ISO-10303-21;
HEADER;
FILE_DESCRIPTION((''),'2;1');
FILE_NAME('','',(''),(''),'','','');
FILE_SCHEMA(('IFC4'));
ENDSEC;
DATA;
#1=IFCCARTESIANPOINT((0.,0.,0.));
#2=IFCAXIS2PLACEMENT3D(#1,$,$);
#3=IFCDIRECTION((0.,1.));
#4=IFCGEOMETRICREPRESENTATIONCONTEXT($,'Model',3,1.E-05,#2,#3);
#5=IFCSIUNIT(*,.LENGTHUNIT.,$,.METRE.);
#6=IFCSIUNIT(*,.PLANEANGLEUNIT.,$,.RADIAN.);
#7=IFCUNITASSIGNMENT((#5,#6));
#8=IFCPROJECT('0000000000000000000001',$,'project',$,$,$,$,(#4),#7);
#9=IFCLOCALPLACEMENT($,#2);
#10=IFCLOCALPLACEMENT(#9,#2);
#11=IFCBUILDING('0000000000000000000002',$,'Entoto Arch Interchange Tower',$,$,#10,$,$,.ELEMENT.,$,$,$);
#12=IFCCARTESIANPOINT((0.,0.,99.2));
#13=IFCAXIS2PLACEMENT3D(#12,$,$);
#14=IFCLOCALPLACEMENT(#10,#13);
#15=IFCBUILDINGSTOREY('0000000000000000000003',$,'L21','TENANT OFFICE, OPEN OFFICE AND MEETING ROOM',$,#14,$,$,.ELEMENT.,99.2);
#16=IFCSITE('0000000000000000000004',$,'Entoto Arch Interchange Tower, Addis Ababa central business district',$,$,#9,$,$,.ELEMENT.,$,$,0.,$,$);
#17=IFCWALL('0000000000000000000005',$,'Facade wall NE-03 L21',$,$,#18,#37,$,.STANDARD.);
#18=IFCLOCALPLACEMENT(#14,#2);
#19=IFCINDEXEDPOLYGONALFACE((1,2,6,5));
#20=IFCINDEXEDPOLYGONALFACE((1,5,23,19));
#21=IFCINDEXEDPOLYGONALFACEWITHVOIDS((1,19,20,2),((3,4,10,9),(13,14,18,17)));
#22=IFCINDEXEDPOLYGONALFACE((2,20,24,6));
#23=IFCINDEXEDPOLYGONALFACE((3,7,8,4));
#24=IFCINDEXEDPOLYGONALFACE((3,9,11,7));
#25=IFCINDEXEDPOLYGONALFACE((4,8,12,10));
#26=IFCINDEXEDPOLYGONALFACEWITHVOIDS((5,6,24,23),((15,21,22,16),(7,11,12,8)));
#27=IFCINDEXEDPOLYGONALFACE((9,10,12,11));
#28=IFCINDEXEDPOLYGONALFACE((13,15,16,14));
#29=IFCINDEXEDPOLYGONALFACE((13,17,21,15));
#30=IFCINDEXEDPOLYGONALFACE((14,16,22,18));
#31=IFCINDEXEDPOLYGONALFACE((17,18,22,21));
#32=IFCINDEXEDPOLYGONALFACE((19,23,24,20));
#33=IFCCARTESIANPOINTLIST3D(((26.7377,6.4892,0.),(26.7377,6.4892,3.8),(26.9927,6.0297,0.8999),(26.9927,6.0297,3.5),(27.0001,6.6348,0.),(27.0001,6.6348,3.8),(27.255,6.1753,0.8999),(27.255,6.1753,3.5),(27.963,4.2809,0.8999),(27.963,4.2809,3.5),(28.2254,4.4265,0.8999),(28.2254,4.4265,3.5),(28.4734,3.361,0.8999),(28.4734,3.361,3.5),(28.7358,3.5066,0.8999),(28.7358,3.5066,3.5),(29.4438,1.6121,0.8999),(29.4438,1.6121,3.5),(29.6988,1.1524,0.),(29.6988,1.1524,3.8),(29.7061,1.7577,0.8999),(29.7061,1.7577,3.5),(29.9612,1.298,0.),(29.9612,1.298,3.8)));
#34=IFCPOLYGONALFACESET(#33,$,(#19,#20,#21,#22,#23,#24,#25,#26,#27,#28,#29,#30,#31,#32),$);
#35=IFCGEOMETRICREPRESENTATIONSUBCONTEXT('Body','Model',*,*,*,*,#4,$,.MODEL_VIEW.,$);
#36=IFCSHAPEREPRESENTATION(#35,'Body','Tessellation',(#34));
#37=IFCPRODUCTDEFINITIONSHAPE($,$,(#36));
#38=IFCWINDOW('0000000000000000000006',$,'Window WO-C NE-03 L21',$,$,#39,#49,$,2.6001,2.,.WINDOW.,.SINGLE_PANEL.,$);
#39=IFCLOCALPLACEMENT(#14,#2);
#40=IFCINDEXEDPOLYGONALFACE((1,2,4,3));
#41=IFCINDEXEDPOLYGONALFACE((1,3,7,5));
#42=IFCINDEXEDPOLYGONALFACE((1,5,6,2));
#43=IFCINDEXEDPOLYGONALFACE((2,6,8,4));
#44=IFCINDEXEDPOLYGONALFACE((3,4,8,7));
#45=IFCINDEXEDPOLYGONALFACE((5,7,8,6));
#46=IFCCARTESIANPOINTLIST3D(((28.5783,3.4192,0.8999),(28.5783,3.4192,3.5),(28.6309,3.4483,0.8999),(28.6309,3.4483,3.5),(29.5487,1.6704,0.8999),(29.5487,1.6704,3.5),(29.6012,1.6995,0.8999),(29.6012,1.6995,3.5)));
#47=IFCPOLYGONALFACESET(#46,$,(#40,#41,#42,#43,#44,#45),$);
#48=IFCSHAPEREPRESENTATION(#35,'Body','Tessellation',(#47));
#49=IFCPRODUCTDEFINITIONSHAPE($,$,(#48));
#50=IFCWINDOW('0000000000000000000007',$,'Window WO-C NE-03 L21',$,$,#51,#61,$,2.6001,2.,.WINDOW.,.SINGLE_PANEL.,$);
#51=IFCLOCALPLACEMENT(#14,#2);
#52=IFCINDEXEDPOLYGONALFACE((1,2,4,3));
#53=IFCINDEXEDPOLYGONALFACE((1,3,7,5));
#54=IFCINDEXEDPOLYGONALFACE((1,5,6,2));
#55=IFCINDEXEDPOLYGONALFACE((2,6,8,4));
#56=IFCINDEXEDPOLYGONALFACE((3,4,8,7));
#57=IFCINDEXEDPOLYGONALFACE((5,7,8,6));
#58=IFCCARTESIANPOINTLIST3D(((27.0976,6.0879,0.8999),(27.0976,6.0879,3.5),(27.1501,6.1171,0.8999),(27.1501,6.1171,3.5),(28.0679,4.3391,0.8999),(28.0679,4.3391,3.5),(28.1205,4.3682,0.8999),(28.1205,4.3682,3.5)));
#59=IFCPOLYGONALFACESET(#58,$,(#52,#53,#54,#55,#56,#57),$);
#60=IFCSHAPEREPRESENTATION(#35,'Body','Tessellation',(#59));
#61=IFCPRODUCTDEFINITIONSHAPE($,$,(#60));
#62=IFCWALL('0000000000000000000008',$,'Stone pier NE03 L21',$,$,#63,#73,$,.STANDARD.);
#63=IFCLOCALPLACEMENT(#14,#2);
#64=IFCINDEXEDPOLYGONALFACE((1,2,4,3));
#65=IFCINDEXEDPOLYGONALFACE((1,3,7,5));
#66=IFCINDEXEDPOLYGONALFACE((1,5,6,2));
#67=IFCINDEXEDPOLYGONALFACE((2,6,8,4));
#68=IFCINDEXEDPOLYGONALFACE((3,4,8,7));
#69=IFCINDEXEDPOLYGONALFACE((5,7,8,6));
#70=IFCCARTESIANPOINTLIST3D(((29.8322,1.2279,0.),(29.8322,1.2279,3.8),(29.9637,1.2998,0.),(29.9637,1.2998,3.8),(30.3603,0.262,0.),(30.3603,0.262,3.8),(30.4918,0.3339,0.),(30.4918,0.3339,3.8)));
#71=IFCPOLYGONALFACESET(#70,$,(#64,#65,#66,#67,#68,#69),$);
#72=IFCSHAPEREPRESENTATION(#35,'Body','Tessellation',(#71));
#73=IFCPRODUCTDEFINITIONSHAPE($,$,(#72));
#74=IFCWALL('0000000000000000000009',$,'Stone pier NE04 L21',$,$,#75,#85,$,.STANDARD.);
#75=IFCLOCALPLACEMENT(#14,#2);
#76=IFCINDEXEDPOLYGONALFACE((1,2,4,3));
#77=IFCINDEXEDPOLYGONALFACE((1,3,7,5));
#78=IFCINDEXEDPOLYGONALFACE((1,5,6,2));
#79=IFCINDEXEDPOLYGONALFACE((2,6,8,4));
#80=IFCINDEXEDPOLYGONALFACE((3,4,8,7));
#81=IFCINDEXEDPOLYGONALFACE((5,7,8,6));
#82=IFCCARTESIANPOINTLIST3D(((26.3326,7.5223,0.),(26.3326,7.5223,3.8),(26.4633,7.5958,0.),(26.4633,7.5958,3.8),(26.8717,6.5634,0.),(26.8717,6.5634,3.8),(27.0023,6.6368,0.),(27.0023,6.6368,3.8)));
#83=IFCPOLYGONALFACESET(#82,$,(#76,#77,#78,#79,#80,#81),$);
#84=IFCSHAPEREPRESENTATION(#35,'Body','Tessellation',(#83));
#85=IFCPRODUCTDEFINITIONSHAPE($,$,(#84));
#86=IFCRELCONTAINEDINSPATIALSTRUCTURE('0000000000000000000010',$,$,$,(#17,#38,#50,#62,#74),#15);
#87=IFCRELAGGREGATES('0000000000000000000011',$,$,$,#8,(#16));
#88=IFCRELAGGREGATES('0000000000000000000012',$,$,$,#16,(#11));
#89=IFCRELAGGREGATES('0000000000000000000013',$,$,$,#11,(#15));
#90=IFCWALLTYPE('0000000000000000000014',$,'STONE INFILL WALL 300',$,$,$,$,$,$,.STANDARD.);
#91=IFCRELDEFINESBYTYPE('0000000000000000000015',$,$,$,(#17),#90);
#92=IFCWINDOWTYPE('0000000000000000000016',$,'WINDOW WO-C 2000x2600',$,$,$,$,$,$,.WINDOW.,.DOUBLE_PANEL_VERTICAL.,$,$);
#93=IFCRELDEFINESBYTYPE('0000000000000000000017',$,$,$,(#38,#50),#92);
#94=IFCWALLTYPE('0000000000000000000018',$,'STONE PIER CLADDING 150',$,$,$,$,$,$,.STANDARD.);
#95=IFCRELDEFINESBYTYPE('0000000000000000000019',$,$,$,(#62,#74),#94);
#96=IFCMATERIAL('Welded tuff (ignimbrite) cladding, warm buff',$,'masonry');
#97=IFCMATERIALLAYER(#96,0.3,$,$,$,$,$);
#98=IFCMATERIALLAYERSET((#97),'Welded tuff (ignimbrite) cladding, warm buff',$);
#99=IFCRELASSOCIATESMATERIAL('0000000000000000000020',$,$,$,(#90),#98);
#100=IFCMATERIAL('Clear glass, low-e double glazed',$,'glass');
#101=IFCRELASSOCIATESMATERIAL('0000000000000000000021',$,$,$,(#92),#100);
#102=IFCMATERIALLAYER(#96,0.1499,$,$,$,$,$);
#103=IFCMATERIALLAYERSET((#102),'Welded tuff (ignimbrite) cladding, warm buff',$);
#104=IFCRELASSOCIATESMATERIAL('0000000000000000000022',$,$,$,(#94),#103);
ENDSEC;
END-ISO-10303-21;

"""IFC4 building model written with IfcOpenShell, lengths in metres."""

from ifc_helpers import new_model, si_unit, direction, frame, frame_2d, origin, place, context, subcontext, project, spatial, rectangle, extrude, material, layer, layer_set, type_object, element, fill, save


model = new_model("IFC4")

# Units and contexts
model_context = context("Model", 3, precision=1e-05, world=origin(), true_north=direction((0.0, 1.0)))
body_context = subcontext(model_context, "Body", "Model", "MODEL_VIEW")
ifc_project = project(units=[si_unit("LENGTHUNIT", "METRE"), si_unit("PLANEANGLEUNIT", "RADIAN")], contexts=[model_context])

# Site, building, storey
site_placement = place(None, origin())
site = spatial("IfcSite", under=ifc_project, at=site_placement, Name="Entoto Arch Interchange Tower, Addis Ababa central business district", CompositionType="ELEMENT", RefElevation=0.0)
building_placement = place(site_placement, origin())
building = spatial("IfcBuilding", under=site, at=building_placement, Name="Entoto Arch Interchange Tower", CompositionType="ELEMENT")
storey_placement = place(building_placement, frame((0.0, 0.0, 99.2)))
storey = spatial("IfcBuildingStorey", under=building, at=storey_placement, Name="L21", Description="TENANT OFFICE, OPEN OFFICE AND MEETING ROOM", CompositionType="ELEMENT", Elevation=99.2)

# Wall, openings, windows
ifc_material_1 = material(Name="Welded tuff (ignimbrite) cladding, warm buff", Category="masonry")
ifc_layer_1 = layer(ifc_material_1, 0.3)
ifc_layer_set_1 = layer_set([ifc_layer_1], Name="Welded tuff (ignimbrite) cladding, warm buff")
wall_type_1 = type_object("IfcWallType", Name="STONE INFILL WALL 300", PredefinedType="STANDARD", material=ifc_layer_set_1)
wall_1_placement = place(storey_placement, frame((29.8301, 1.2251, 0.0), z_axis=(0.0, 0.0, 1.0), x_axis=(-0.485171, 0.874419, 0.0)))
wall_1 = element("IfcWall", 1, at=wall_1_placement, inside=storey, type_object=wall_type_1, Name="Facade wall NE-03 L21", PredefinedType="STANDARD", context=body_context, shape_type="SweptSolid", body=[
    extrude(rectangle(XDim=6.1033, YDim=0.3, at=frame_2d((3.0518, 0.0))), origin(), (0.0, 0.0, 1.0), 3.8),
])
opening_1_placement = place(wall_1_placement, frame((0.5259, 0.0, 0.8999)))
opening_1 = element("IfcOpeningElement", 2, at=opening_1_placement, cuts=wall_1, PredefinedType="OPENING", context=body_context, shape_type="SweptSolid", body=[
    extrude(rectangle(XDim=2.0, YDim=2.6001, at=frame_2d((1.0, 1.3))), frame((0.0, 0.1602, 0.0), z_axis=(0.0, -1.0, 0.0), x_axis=(1.0, 0.0, 0.0)), (0.0, 0.0, 1.0), 0.3201),
])
opening_2_placement = place(wall_1_placement, frame((3.5779, 0.0, 0.8999)))
opening_2 = element("IfcOpeningElement", 3, at=opening_2_placement, cuts=wall_1, PredefinedType="OPENING", context=body_context, shape_type="SweptSolid", body=[
    extrude(rectangle(XDim=2.0, YDim=2.6001, at=frame_2d((1.0, 1.3))), frame((0.0, 0.1602, 0.0), z_axis=(0.0, -1.0, 0.0), x_axis=(1.0, 0.0, 0.0)), (0.0, 0.0, 1.0), 0.3201),
])
ifc_material_2 = material(Name="Clear glass, low-e double glazed", Category="glass")
window_type = type_object("IfcWindowType", Name="WINDOW WO-C 2000x2600", PartitioningType="DOUBLE_PANEL_VERTICAL", PredefinedType="WINDOW", material=ifc_material_2)
window_1_placement = place(opening_1_placement, origin())
window_1 = element("IfcWindow", 4, at=window_1_placement, inside=storey, type_object=window_type, Name="Window WO-C NE-03 L21", OverallHeight=2.6001, OverallWidth=2.0, PartitioningType="SINGLE_PANEL", PredefinedType="WINDOW", context=body_context, shape_type="SweptSolid", body=[
    extrude(rectangle(XDim=2.0, YDim=2.6001, at=frame_2d((1.0, 1.3))), frame((0.0, 0.03, 0.0), z_axis=(0.0, -1.0, 0.0), x_axis=(1.0, 0.0, 0.0)), (0.0, 0.0, 1.0), 0.0601),
])
fill(opening_1, window_1)
window_2_placement = place(opening_2_placement, origin())
window_2 = element("IfcWindow", 5, at=window_2_placement, inside=storey, type_object=window_type, Name="Window WO-C NE-03 L21", OverallHeight=2.6001, OverallWidth=2.0, PartitioningType="SINGLE_PANEL", PredefinedType="WINDOW", context=body_context, shape_type="SweptSolid", body=[
    extrude(rectangle(XDim=2.0, YDim=2.6001, at=frame_2d((1.0, 1.3))), frame((0.0, 0.03, 0.0), z_axis=(0.0, -1.0, 0.0), x_axis=(1.0, 0.0, 0.0)), (0.0, 0.0, 1.0), 0.0601),
])
fill(opening_2, window_2)

# Walls
ifc_layer_2 = layer(ifc_material_1, 0.1499)
ifc_layer_set_2 = layer_set([ifc_layer_2], Name="Welded tuff (ignimbrite) cladding, warm buff")
wall_type_2 = type_object("IfcWallType", Name="STONE PIER CLADDING 150", PredefinedType="STANDARD", material=ifc_layer_set_2)
wall_2_placement = place(storey_placement, frame((30.426, 0.2981, 0.0), z_axis=(0.0, 0.0, 1.0), x_axis=(-0.479738, 0.877412, 0.0)))
element("IfcWall", 6, at=wall_2_placement, inside=storey, type_object=wall_type_2, Name="Stone pier NE03 L21", PredefinedType="STANDARD", context=body_context, shape_type="SweptSolid", body=[
    extrude(rectangle(XDim=1.1008, YDim=0.1499, at=frame_2d((0.5503, 0.0))), origin(), (0.0, 0.0, 1.0), 3.8),
])
wall_3_placement = place(storey_placement, frame((26.937, 6.6001, 0.0), z_axis=(0.0, 0.0, 1.0), x_axis=(-0.490008, 0.871718, 0.0)))
element("IfcWall", 7, at=wall_3_placement, inside=storey, type_object=wall_type_2, Name="Stone pier NE04 L21", PredefinedType="STANDARD", context=body_context, shape_type="SweptSolid", body=[
    extrude(rectangle(XDim=1.1001, YDim=0.1499, at=frame_2d((0.55, 0.0))), origin(), (0.0, 0.0, 1.0), 3.8),
])

save(model, "model.ifc")
